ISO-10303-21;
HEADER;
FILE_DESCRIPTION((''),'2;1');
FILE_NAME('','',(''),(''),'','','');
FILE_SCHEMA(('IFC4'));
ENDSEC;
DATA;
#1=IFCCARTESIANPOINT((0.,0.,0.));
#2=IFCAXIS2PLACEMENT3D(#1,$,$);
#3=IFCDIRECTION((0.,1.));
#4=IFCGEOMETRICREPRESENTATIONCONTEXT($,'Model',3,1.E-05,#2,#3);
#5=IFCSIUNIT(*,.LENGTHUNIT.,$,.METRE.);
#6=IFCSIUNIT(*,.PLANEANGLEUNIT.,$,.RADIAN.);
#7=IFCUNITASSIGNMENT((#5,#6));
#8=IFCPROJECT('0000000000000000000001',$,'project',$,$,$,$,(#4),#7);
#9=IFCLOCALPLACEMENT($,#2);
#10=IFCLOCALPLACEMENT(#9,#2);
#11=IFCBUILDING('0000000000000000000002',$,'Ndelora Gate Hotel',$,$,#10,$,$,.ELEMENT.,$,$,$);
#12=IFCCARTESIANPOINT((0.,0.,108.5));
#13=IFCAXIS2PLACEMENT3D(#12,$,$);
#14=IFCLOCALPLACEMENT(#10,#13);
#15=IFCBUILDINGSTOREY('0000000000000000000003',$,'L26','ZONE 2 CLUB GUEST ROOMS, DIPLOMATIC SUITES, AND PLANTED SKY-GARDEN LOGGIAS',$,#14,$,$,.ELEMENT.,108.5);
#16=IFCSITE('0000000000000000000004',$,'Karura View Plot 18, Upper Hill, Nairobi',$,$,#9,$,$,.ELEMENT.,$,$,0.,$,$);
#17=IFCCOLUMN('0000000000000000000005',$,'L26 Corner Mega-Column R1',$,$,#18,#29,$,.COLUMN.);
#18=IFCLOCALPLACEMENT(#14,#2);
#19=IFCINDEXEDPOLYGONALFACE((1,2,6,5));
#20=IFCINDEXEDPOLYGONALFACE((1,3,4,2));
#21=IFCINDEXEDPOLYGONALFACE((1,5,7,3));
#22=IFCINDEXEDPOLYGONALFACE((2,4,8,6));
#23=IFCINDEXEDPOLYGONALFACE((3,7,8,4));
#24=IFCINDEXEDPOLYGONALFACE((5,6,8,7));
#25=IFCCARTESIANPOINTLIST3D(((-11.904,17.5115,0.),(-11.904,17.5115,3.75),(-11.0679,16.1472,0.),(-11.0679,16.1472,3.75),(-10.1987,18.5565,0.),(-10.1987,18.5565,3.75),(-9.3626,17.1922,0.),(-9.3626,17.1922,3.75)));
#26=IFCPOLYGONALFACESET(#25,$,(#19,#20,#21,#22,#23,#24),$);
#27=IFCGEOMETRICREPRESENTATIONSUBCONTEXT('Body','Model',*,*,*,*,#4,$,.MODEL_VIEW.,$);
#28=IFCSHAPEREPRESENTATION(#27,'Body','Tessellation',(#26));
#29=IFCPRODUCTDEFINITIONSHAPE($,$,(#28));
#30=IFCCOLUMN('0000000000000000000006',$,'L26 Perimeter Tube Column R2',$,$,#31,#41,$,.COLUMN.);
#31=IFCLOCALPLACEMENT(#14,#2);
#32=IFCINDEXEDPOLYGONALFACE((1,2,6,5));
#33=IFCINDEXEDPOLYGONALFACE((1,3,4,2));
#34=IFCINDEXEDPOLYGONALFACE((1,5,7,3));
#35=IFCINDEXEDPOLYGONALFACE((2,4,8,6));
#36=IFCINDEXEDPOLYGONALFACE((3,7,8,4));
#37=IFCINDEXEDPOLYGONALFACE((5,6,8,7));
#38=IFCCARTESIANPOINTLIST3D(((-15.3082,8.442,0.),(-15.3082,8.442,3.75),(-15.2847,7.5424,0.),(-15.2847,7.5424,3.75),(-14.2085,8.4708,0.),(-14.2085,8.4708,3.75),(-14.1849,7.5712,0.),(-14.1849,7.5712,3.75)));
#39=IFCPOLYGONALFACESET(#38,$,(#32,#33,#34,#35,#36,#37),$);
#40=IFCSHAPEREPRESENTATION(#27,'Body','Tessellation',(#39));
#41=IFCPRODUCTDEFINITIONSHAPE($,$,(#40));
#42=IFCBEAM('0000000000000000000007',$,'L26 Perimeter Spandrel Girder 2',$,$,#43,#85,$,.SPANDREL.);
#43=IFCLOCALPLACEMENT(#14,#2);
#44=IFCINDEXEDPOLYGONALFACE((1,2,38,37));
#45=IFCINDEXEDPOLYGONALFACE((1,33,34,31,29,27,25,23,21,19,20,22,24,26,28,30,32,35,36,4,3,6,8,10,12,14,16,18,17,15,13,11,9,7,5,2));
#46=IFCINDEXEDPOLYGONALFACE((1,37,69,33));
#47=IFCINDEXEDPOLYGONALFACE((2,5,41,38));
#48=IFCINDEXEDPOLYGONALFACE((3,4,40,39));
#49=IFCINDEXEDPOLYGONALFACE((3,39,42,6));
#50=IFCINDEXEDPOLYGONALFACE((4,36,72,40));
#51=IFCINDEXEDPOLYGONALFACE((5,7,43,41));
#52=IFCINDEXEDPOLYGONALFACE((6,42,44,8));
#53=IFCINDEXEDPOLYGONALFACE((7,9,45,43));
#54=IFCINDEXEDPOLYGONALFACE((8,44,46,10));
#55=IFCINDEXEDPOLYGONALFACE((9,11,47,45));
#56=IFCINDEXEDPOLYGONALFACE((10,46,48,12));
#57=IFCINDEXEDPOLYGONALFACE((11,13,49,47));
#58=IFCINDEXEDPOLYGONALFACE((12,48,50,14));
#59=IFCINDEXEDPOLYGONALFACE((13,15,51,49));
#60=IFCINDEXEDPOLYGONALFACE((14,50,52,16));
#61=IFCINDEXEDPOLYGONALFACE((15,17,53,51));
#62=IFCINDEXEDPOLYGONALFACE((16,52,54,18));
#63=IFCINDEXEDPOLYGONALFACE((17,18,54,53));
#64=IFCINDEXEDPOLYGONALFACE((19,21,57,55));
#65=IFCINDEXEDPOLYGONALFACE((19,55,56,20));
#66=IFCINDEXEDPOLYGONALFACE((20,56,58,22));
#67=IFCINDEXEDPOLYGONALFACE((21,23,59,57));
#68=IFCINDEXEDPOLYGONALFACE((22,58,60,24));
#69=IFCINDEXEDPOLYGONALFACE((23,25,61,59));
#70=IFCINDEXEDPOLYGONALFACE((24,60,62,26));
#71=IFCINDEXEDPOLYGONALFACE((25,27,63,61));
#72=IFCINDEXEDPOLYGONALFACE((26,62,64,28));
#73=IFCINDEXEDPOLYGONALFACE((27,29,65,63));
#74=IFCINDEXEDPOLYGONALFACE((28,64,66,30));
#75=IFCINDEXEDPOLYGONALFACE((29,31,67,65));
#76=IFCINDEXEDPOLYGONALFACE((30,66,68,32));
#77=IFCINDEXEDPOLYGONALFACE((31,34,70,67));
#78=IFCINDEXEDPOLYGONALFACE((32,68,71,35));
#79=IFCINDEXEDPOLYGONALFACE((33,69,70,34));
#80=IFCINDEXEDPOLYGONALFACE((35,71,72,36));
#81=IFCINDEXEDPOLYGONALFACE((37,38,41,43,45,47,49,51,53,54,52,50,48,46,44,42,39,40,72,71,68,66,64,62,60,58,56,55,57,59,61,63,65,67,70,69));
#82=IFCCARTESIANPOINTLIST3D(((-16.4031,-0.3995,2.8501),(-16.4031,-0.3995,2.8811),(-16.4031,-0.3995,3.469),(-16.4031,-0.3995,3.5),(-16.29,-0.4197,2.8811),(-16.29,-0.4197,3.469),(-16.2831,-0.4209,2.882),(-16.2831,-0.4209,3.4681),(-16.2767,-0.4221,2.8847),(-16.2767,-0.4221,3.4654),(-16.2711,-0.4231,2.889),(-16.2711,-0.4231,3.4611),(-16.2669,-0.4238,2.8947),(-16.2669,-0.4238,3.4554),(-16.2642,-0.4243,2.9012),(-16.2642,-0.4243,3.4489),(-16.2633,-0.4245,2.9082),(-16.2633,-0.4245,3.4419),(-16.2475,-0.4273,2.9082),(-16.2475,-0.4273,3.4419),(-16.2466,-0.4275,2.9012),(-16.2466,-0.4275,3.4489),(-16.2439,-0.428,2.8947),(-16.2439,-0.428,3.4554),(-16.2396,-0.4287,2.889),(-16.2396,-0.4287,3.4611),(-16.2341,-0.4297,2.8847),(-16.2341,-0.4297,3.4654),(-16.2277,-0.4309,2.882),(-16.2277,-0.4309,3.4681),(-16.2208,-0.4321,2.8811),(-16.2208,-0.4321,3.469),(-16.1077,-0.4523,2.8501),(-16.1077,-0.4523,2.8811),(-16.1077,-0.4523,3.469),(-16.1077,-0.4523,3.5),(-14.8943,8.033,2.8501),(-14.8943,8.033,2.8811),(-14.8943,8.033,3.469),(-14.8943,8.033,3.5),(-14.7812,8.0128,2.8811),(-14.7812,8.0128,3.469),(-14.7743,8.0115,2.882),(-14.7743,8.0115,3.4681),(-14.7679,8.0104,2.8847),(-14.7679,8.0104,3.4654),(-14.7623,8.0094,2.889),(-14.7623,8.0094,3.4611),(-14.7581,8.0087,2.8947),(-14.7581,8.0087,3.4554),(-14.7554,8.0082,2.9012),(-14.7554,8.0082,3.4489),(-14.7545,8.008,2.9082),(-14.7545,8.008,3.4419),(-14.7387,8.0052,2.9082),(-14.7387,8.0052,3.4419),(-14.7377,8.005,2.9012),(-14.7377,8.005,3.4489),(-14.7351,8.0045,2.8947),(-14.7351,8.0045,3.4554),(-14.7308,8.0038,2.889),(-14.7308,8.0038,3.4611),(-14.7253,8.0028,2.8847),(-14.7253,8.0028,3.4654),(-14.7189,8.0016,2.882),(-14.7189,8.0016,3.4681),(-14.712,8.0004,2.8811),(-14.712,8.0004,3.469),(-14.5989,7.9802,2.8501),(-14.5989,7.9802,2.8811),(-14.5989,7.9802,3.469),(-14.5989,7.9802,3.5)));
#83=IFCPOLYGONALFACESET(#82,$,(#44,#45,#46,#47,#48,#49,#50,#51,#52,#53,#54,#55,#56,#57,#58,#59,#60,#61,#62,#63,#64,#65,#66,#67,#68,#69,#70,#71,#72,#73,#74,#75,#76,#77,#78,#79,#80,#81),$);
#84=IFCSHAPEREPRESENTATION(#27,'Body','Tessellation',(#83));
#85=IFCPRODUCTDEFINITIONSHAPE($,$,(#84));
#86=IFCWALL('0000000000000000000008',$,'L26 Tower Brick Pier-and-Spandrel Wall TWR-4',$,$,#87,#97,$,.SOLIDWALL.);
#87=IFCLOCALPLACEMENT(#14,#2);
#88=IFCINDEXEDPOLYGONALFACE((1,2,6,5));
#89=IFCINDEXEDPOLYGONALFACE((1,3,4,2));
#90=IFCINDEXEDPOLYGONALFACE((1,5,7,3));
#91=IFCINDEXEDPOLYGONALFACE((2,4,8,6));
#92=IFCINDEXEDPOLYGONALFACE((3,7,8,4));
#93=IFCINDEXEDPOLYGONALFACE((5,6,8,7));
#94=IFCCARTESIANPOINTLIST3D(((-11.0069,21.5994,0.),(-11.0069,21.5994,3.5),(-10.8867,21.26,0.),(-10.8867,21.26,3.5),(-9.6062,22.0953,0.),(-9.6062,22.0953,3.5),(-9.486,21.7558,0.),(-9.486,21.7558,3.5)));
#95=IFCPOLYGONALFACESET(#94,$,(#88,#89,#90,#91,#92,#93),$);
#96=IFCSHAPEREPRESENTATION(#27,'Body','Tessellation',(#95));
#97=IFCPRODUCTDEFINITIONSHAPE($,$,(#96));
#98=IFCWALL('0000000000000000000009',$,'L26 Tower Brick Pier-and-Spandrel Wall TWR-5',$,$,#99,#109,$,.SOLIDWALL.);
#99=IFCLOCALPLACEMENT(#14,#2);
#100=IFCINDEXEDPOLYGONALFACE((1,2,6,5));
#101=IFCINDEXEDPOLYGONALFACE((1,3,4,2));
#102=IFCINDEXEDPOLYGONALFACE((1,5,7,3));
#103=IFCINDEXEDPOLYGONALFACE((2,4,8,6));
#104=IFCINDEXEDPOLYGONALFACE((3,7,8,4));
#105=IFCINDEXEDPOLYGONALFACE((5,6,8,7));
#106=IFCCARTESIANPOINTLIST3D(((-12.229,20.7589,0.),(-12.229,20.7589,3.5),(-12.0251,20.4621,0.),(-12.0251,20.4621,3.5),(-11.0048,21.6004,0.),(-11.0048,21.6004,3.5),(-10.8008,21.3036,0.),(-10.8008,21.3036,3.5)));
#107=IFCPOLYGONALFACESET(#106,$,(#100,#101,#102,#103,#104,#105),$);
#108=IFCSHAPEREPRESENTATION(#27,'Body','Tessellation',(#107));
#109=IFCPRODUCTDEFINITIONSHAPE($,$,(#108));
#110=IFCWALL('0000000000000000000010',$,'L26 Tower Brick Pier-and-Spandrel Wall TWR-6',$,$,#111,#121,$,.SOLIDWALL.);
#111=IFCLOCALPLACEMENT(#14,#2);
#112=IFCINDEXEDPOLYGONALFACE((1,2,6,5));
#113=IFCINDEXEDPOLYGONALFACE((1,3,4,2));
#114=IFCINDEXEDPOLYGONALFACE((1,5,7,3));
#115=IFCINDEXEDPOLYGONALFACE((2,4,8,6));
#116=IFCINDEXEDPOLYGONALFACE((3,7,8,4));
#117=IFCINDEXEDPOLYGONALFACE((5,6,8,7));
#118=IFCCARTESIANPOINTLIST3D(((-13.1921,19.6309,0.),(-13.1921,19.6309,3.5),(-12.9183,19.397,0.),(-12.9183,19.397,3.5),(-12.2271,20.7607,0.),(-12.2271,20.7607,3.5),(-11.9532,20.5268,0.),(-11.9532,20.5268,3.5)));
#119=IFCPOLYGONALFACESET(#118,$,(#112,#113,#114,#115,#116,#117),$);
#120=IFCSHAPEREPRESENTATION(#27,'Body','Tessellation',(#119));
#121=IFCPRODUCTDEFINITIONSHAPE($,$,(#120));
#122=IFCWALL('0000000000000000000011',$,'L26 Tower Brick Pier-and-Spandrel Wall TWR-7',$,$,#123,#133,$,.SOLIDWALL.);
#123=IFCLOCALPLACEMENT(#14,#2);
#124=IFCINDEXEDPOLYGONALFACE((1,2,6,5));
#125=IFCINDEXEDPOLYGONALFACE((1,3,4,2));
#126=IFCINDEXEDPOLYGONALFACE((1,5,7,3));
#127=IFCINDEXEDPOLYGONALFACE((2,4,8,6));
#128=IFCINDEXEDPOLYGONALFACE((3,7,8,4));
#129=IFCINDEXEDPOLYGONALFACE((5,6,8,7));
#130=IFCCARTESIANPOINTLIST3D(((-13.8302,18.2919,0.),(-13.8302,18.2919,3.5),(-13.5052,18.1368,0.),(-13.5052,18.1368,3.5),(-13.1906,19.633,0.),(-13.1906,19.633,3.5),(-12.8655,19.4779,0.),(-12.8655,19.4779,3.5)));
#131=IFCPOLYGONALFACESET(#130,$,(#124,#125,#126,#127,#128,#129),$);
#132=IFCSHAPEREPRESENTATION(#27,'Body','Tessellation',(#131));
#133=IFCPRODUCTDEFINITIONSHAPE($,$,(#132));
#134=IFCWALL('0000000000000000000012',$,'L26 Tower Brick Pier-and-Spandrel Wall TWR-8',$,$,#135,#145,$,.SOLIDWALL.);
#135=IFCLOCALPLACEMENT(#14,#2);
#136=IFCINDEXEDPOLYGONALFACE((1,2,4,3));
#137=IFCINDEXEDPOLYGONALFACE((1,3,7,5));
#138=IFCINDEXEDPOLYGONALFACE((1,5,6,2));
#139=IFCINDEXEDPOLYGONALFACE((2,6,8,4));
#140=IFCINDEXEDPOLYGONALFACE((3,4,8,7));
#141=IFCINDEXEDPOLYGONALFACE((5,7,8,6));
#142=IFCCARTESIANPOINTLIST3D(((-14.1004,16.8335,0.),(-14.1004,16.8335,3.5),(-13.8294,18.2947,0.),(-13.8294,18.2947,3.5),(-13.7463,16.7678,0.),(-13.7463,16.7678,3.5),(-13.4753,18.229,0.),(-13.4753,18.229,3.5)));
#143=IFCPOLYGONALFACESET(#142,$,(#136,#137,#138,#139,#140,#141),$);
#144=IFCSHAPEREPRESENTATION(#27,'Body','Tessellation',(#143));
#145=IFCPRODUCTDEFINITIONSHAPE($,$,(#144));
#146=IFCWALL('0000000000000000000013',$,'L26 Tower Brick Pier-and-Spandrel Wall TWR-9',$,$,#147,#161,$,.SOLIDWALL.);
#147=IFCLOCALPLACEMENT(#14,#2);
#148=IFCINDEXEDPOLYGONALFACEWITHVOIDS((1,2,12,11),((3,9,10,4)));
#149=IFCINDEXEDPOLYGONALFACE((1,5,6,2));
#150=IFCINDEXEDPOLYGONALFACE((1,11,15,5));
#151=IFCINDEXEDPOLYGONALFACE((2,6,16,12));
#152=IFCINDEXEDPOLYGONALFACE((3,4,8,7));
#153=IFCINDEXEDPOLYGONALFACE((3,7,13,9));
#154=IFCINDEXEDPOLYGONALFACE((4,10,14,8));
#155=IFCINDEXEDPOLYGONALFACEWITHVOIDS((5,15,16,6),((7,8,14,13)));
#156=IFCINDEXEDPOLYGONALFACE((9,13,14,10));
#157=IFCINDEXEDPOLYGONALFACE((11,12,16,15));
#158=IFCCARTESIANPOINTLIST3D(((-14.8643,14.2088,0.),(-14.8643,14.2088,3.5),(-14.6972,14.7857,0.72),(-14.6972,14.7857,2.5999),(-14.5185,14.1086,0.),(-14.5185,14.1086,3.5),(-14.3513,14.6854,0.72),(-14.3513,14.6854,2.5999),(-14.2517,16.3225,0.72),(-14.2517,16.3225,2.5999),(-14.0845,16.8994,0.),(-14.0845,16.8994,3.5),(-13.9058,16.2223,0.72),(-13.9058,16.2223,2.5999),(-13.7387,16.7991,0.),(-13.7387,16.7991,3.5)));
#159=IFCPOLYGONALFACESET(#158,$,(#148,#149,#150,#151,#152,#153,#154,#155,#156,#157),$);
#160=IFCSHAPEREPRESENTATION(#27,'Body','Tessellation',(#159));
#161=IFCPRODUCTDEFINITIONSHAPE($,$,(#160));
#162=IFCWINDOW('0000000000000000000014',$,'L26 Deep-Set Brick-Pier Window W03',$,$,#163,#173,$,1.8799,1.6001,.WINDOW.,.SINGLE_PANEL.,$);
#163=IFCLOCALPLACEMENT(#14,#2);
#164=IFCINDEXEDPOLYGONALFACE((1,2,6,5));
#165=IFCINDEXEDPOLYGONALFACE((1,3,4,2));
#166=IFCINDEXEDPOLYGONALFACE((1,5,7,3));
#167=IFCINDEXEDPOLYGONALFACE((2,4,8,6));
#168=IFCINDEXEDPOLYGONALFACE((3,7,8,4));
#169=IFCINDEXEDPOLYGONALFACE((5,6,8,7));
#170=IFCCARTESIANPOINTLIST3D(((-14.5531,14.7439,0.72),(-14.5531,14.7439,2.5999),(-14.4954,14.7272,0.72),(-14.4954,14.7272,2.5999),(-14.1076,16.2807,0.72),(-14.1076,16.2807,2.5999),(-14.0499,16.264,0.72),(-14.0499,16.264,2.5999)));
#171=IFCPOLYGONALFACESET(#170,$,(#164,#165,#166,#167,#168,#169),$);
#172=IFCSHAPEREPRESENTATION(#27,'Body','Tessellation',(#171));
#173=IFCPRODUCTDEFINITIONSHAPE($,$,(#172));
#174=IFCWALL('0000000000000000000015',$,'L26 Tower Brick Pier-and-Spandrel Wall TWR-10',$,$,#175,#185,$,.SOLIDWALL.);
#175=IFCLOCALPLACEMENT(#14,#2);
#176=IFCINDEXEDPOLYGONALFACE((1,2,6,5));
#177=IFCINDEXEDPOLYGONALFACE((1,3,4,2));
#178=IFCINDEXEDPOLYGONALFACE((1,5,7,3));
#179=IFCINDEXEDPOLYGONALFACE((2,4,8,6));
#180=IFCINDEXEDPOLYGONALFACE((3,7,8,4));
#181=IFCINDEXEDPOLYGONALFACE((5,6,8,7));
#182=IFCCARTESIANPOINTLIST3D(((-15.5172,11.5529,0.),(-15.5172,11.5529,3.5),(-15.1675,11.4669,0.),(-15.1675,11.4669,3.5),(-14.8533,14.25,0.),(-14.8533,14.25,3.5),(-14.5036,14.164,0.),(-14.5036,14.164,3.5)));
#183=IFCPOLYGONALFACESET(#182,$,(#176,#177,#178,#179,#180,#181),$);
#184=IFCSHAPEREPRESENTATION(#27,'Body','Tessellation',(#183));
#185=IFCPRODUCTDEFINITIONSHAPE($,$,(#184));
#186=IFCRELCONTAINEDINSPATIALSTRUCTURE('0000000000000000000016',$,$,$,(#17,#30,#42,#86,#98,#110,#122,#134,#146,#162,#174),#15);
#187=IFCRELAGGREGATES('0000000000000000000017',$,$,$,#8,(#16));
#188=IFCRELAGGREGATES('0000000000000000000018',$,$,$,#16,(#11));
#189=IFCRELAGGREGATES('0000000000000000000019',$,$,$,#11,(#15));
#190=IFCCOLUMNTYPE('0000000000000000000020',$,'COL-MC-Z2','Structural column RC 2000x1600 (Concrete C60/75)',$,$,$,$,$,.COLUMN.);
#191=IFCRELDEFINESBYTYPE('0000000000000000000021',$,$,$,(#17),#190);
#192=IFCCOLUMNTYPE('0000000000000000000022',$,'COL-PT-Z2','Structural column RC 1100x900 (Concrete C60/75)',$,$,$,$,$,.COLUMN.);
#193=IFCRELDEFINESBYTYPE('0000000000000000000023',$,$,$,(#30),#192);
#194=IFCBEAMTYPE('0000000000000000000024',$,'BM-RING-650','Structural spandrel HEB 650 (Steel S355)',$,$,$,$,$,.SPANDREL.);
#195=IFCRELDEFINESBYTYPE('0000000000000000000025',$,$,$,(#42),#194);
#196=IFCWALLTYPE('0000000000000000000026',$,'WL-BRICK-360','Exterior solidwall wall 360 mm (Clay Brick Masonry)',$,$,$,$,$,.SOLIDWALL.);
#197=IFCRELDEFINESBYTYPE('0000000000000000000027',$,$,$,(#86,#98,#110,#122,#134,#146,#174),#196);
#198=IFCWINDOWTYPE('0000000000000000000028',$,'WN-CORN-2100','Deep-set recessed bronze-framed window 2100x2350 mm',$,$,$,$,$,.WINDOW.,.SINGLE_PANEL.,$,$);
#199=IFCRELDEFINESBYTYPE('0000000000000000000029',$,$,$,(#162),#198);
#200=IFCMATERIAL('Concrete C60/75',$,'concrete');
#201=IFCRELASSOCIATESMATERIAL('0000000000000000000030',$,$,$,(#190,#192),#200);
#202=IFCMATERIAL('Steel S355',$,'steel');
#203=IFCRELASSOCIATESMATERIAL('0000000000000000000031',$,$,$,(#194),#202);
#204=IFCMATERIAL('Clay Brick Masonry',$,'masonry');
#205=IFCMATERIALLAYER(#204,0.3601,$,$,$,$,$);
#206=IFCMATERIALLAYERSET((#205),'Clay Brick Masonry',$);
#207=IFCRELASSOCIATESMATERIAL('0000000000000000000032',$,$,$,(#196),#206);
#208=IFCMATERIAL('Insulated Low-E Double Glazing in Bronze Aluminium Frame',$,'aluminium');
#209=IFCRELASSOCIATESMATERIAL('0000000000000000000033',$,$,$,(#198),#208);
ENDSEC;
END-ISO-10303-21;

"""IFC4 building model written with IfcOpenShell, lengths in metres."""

from ifc_helpers import new_model, si_unit, direction, frame, frame_2d, origin, origin_2d, place, context, subcontext, project, spatial, rectangle, i_section, extrude, material, layer, layer_set, material_profile, profile_set, type_object, element, fill, save


model = new_model("IFC4")

# Units and contexts
model_context = context("Model", 3, precision=1e-05, world=origin(), true_north=direction((0.0, 1.0)))
body_context = subcontext(model_context, "Body", "Model", "MODEL_VIEW")
ifc_project = project(units=[si_unit("LENGTHUNIT", "METRE"), si_unit("PLANEANGLEUNIT", "RADIAN")], contexts=[model_context])

# Site, building, storey
site_placement = place(None, origin())
site = spatial("IfcSite", under=ifc_project, at=site_placement, Name="Karura View Plot 18, Upper Hill, Nairobi", CompositionType="ELEMENT", RefElevation=0.0)
building_placement = place(site_placement, origin())
building = spatial("IfcBuilding", under=site, at=building_placement, Name="Ndelora Gate Hotel", CompositionType="ELEMENT")
storey_placement = place(building_placement, frame((0.0, 0.0, 108.5)))
storey = spatial("IfcBuildingStorey", under=building, at=storey_placement, Name="L26", Description="ZONE 2 CLUB GUEST ROOMS, DIPLOMATIC SUITES, AND PLANTED SKY-GARDEN LOGGIAS", CompositionType="ELEMENT", Elevation=108.5)

# Columns
ifc_material_1 = material(Name="Concrete C60/75", Category="concrete")
ifc_material_profile_1 = material_profile(ifc_material_1, rectangle(XDim=1.6001, YDim=2.0, at=origin_2d()), Name="RC 2000x1600")
ifc_profile_set_1 = profile_set([ifc_material_profile_1], Name="Concrete C60/75")
column_type_1 = type_object("IfcColumnType", Name="COL-MC-Z2", Description="Structural column RC 2000x1600 (Concrete C60/75)", PredefinedType="COLUMN", material=ifc_profile_set_1)
column_1_placement = place(storey_placement, frame((-10.6333, 17.3518, 0.0), z_axis=(0.0, 0.0, 1.0), x_axis=(-0.522499, 0.85264, 0.0)))
element("IfcColumn", 1, at=column_1_placement, inside=storey, type_object=column_type_1, Name="L26 Corner Mega-Column R1", PredefinedType="COLUMN", context=body_context, shape_type="SweptSolid", body=[
    extrude(rectangle(XDim=1.6001, YDim=2.0, at=origin_2d()), origin(), (0.0, 0.0, 1.0), 3.75),
])
ifc_material_profile_2 = material_profile(ifc_material_1, rectangle(XDim=0.8999, YDim=1.1001, at=origin_2d()), Name="RC 1100x900")
ifc_profile_set_2 = profile_set([ifc_material_profile_2], Name="Concrete C60/75")
column_type_2 = type_object("IfcColumnType", Name="COL-PT-Z2", Description="Structural column RC 1100x900 (Concrete C60/75)", PredefinedType="COLUMN", material=ifc_profile_set_2)
column_2_placement = place(storey_placement, frame((-14.7466, 8.0066, 0.0), z_axis=(0.0, 0.0, 1.0), x_axis=(-0.026177, 0.999657, 0.0)))
element("IfcColumn", 2, at=column_2_placement, inside=storey, type_object=column_type_2, Name="L26 Perimeter Tube Column R2", PredefinedType="COLUMN", context=body_context, shape_type="SweptSolid", body=[
    extrude(rectangle(XDim=0.8999, YDim=1.1001, at=origin_2d()), origin(), (0.0, 0.0, 1.0), 3.75),
])

# Beam
ifc_material_2 = material(Name="Steel S355", Category="steel")
ifc_material_profile_3 = material_profile(ifc_material_2, i_section(OverallWidth=0.3, OverallDepth=0.6499, WebThickness=0.0161, FlangeThickness=0.031, FilletRadius=0.0271, at=origin_2d()), Name="HEB 650")
ifc_profile_set_3 = profile_set([ifc_material_profile_3], Name="Steel S355")
beam_type = type_object("IfcBeamType", Name="BM-RING-650", Description="Structural spandrel HEB 650 (Steel S355)", PredefinedType="SPANDREL", material=ifc_profile_set_3)
beam_placement = place(storey_placement, frame((-14.7466, 8.0066, 3.175), z_axis=(-0.176131, -0.984367, 0.0), x_axis=(0.984367, -0.176131, 0.0)))
element("IfcBeam", 3, at=beam_placement, inside=storey, type_object=beam_type, Name="L26 Perimeter Spandrel Girder 2", PredefinedType="SPANDREL", context=body_context, shape_type="SweptSolid", body=[
    extrude(i_section(OverallWidth=0.3, OverallDepth=0.6499, WebThickness=0.0161, FlangeThickness=0.031, FilletRadius=0.0271, at=origin_2d()), origin(), (0.0, 0.0, 1.0), 8.5664),
])

# Walls
ifc_material_3 = material(Name="Clay Brick Masonry", Category="masonry")
ifc_layer_1 = layer(ifc_material_3, 0.3601)
ifc_layer_set_1 = layer_set([ifc_layer_1], Name="Clay Brick Masonry")
wall_type_1 = type_object("IfcWallType", Name="WL-BRICK-360", Description="Exterior solidwall wall 360 mm (Clay Brick Masonry)", PredefinedType="SOLIDWALL", material=ifc_layer_set_1)
wall_1_placement = place(storey_placement, frame((-10.9468, 21.4297, 0.0), z_axis=(0.0, 0.0, 1.0), x_axis=(0.942671, 0.333722, 0.0)))
element("IfcWall", 4, at=wall_1_placement, inside=storey, type_object=wall_type_1, Name="L26 Tower Brick Pier-and-Spandrel Wall TWR-4", PredefinedType="SOLIDWALL", context=body_context, shape_type="SweptSolid", body=[
    extrude(rectangle(XDim=1.4858, YDim=0.3601, at=frame_2d((0.7429, 0.0))), origin(), (0.0, 0.0, 1.0), 3.5),
])
wall_2_placement = place(storey_placement, frame((-12.127, 20.6106, 0.0), z_axis=(0.0, 0.0, 1.0), x_axis=(0.824104, 0.566438, 0.0)))
element("IfcWall", 5, at=wall_2_placement, inside=storey, type_object=wall_type_1, Name="L26 Tower Brick Pier-and-Spandrel Wall TWR-5", PredefinedType="SOLIDWALL", context=body_context, shape_type="SweptSolid", body=[
    extrude(rectangle(XDim=1.4856, YDim=0.3601, at=frame_2d((0.7427, 0.0))), origin(), (0.0, 0.0, 1.0), 3.5),
])
for number, where, z_axis, x_axis, name in (
    (6, (-13.0552, 19.5139, 0.0), (0.0, 0.0, 1.0), (0.649478, 0.76038, 0.0), "L26 Tower Brick Pier-and-Spandrel Wall TWR-6"),
    (7, (-13.6677, 18.2144, 0.0), (0.0, 0.0, 1.0), (0.430508, 0.902587, 0.0), "L26 Tower Brick Pier-and-Spandrel Wall TWR-7"),
):
    element("IfcWall", number, at=place(storey_placement, frame(where, z_axis=z_axis, x_axis=x_axis)), inside=storey, type_object=wall_type_1, Name=name, PredefinedType="SOLIDWALL", context=body_context, shape_type="SweptSolid", body=[
        extrude(rectangle(XDim=1.4858, YDim=0.3601, at=frame_2d((0.7429, 0.0))), origin(), (0.0, 0.0, 1.0), 3.5),
    ])
wall_3_placement = place(storey_placement, frame((-13.9233, 16.8005, 0.0), z_axis=(0.0, 0.0, 1.0), x_axis=(0.182354, 0.983233, 0.0)))
element("IfcWall", 8, at=wall_3_placement, inside=storey, type_object=wall_type_1, Name="L26 Tower Brick Pier-and-Spandrel Wall TWR-8", PredefinedType="SOLIDWALL", context=body_context, shape_type="SweptSolid", body=[
    extrude(rectangle(XDim=1.4861, YDim=0.3601, at=frame_2d((0.7432, 0.0))), origin(), (0.0, 0.0, 1.0), 3.5),
])

# Wall, opening, window
wall_4_placement = place(storey_placement, frame((-14.6914, 14.1587, 0.0), z_axis=(0.0, 0.0, 1.0), x_axis=(0.27838, 0.960471, 0.0)))
wall_4 = element("IfcWall", 9, at=wall_4_placement, inside=storey, type_object=wall_type_1, Name="L26 Tower Brick Pier-and-Spandrel Wall TWR-9", PredefinedType="SOLIDWALL", context=body_context, shape_type="SweptSolid", body=[
    extrude(rectangle(XDim=2.8013, YDim=0.3601, at=frame_2d((1.4006, 0.0))), origin(), (0.0, 0.0, 1.0), 3.5),
])
opening_1_placement = place(wall_4_placement, frame((0.6006, 0.0, 0.72)))
opening_1 = element("IfcOpeningElement", 10, at=opening_1_placement, cuts=wall_4, PredefinedType="OPENING", context=body_context, shape_type="SweptSolid", body=[
    extrude(rectangle(XDim=1.6001, YDim=1.8799, at=frame_2d((0.8, 0.9399))), frame((0.0, 0.1899, 0.0), z_axis=(0.0, -1.0, 0.0), x_axis=(1.0, 0.0, 0.0)), (0.0, 0.0, 1.0), 0.3801),
])
ifc_material_4 = material(Name="Insulated Low-E Double Glazing in Bronze Aluminium Frame", Category="aluminium")
window_type_1 = type_object("IfcWindowType", Name="WN-CORN-2100", Description="Deep-set recessed bronze-framed window 2100x2350 mm", PartitioningType="SINGLE_PANEL", PredefinedType="WINDOW", material=ifc_material_4)
window_1_placement = place(opening_1_placement, origin())
window_1 = element("IfcWindow", 11, at=window_1_placement, inside=storey, type_object=window_type_1, Name="L26 Deep-Set Brick-Pier Window W03", OverallHeight=1.8799, OverallWidth=1.6001, PartitioningType="SINGLE_PANEL", PredefinedType="WINDOW", context=body_context, shape_type="SweptSolid", body=[
    extrude(rectangle(XDim=1.6001, YDim=1.8799, at=frame_2d((0.8, 0.9399))), frame((0.0, 0.03, 0.0), z_axis=(0.0, -1.0, 0.0), x_axis=(1.0, 0.0, 0.0)), (0.0, 0.0, 1.0), 0.0601),
])
fill(opening_1, window_1)

# Wall
wall_5_placement = place(storey_placement, frame((-15.3423, 11.51, 0.0), z_axis=(0.0, 0.0, 1.0), x_axis=(0.238997, 0.97102, 0.0)))
element("IfcWall", 12, at=wall_5_placement, inside=storey, type_object=wall_type_1, Name="L26 Tower Brick Pier-and-Spandrel Wall TWR-10", PredefinedType="SOLIDWALL", context=body_context, shape_type="SweptSolid", body=[
    extrude(rectangle(XDim=2.7776, YDim=0.3601, at=frame_2d((1.3887, 0.0))), origin(), (0.0, 0.0, 1.0), 3.5),
])

save(model, "model.ifc")
